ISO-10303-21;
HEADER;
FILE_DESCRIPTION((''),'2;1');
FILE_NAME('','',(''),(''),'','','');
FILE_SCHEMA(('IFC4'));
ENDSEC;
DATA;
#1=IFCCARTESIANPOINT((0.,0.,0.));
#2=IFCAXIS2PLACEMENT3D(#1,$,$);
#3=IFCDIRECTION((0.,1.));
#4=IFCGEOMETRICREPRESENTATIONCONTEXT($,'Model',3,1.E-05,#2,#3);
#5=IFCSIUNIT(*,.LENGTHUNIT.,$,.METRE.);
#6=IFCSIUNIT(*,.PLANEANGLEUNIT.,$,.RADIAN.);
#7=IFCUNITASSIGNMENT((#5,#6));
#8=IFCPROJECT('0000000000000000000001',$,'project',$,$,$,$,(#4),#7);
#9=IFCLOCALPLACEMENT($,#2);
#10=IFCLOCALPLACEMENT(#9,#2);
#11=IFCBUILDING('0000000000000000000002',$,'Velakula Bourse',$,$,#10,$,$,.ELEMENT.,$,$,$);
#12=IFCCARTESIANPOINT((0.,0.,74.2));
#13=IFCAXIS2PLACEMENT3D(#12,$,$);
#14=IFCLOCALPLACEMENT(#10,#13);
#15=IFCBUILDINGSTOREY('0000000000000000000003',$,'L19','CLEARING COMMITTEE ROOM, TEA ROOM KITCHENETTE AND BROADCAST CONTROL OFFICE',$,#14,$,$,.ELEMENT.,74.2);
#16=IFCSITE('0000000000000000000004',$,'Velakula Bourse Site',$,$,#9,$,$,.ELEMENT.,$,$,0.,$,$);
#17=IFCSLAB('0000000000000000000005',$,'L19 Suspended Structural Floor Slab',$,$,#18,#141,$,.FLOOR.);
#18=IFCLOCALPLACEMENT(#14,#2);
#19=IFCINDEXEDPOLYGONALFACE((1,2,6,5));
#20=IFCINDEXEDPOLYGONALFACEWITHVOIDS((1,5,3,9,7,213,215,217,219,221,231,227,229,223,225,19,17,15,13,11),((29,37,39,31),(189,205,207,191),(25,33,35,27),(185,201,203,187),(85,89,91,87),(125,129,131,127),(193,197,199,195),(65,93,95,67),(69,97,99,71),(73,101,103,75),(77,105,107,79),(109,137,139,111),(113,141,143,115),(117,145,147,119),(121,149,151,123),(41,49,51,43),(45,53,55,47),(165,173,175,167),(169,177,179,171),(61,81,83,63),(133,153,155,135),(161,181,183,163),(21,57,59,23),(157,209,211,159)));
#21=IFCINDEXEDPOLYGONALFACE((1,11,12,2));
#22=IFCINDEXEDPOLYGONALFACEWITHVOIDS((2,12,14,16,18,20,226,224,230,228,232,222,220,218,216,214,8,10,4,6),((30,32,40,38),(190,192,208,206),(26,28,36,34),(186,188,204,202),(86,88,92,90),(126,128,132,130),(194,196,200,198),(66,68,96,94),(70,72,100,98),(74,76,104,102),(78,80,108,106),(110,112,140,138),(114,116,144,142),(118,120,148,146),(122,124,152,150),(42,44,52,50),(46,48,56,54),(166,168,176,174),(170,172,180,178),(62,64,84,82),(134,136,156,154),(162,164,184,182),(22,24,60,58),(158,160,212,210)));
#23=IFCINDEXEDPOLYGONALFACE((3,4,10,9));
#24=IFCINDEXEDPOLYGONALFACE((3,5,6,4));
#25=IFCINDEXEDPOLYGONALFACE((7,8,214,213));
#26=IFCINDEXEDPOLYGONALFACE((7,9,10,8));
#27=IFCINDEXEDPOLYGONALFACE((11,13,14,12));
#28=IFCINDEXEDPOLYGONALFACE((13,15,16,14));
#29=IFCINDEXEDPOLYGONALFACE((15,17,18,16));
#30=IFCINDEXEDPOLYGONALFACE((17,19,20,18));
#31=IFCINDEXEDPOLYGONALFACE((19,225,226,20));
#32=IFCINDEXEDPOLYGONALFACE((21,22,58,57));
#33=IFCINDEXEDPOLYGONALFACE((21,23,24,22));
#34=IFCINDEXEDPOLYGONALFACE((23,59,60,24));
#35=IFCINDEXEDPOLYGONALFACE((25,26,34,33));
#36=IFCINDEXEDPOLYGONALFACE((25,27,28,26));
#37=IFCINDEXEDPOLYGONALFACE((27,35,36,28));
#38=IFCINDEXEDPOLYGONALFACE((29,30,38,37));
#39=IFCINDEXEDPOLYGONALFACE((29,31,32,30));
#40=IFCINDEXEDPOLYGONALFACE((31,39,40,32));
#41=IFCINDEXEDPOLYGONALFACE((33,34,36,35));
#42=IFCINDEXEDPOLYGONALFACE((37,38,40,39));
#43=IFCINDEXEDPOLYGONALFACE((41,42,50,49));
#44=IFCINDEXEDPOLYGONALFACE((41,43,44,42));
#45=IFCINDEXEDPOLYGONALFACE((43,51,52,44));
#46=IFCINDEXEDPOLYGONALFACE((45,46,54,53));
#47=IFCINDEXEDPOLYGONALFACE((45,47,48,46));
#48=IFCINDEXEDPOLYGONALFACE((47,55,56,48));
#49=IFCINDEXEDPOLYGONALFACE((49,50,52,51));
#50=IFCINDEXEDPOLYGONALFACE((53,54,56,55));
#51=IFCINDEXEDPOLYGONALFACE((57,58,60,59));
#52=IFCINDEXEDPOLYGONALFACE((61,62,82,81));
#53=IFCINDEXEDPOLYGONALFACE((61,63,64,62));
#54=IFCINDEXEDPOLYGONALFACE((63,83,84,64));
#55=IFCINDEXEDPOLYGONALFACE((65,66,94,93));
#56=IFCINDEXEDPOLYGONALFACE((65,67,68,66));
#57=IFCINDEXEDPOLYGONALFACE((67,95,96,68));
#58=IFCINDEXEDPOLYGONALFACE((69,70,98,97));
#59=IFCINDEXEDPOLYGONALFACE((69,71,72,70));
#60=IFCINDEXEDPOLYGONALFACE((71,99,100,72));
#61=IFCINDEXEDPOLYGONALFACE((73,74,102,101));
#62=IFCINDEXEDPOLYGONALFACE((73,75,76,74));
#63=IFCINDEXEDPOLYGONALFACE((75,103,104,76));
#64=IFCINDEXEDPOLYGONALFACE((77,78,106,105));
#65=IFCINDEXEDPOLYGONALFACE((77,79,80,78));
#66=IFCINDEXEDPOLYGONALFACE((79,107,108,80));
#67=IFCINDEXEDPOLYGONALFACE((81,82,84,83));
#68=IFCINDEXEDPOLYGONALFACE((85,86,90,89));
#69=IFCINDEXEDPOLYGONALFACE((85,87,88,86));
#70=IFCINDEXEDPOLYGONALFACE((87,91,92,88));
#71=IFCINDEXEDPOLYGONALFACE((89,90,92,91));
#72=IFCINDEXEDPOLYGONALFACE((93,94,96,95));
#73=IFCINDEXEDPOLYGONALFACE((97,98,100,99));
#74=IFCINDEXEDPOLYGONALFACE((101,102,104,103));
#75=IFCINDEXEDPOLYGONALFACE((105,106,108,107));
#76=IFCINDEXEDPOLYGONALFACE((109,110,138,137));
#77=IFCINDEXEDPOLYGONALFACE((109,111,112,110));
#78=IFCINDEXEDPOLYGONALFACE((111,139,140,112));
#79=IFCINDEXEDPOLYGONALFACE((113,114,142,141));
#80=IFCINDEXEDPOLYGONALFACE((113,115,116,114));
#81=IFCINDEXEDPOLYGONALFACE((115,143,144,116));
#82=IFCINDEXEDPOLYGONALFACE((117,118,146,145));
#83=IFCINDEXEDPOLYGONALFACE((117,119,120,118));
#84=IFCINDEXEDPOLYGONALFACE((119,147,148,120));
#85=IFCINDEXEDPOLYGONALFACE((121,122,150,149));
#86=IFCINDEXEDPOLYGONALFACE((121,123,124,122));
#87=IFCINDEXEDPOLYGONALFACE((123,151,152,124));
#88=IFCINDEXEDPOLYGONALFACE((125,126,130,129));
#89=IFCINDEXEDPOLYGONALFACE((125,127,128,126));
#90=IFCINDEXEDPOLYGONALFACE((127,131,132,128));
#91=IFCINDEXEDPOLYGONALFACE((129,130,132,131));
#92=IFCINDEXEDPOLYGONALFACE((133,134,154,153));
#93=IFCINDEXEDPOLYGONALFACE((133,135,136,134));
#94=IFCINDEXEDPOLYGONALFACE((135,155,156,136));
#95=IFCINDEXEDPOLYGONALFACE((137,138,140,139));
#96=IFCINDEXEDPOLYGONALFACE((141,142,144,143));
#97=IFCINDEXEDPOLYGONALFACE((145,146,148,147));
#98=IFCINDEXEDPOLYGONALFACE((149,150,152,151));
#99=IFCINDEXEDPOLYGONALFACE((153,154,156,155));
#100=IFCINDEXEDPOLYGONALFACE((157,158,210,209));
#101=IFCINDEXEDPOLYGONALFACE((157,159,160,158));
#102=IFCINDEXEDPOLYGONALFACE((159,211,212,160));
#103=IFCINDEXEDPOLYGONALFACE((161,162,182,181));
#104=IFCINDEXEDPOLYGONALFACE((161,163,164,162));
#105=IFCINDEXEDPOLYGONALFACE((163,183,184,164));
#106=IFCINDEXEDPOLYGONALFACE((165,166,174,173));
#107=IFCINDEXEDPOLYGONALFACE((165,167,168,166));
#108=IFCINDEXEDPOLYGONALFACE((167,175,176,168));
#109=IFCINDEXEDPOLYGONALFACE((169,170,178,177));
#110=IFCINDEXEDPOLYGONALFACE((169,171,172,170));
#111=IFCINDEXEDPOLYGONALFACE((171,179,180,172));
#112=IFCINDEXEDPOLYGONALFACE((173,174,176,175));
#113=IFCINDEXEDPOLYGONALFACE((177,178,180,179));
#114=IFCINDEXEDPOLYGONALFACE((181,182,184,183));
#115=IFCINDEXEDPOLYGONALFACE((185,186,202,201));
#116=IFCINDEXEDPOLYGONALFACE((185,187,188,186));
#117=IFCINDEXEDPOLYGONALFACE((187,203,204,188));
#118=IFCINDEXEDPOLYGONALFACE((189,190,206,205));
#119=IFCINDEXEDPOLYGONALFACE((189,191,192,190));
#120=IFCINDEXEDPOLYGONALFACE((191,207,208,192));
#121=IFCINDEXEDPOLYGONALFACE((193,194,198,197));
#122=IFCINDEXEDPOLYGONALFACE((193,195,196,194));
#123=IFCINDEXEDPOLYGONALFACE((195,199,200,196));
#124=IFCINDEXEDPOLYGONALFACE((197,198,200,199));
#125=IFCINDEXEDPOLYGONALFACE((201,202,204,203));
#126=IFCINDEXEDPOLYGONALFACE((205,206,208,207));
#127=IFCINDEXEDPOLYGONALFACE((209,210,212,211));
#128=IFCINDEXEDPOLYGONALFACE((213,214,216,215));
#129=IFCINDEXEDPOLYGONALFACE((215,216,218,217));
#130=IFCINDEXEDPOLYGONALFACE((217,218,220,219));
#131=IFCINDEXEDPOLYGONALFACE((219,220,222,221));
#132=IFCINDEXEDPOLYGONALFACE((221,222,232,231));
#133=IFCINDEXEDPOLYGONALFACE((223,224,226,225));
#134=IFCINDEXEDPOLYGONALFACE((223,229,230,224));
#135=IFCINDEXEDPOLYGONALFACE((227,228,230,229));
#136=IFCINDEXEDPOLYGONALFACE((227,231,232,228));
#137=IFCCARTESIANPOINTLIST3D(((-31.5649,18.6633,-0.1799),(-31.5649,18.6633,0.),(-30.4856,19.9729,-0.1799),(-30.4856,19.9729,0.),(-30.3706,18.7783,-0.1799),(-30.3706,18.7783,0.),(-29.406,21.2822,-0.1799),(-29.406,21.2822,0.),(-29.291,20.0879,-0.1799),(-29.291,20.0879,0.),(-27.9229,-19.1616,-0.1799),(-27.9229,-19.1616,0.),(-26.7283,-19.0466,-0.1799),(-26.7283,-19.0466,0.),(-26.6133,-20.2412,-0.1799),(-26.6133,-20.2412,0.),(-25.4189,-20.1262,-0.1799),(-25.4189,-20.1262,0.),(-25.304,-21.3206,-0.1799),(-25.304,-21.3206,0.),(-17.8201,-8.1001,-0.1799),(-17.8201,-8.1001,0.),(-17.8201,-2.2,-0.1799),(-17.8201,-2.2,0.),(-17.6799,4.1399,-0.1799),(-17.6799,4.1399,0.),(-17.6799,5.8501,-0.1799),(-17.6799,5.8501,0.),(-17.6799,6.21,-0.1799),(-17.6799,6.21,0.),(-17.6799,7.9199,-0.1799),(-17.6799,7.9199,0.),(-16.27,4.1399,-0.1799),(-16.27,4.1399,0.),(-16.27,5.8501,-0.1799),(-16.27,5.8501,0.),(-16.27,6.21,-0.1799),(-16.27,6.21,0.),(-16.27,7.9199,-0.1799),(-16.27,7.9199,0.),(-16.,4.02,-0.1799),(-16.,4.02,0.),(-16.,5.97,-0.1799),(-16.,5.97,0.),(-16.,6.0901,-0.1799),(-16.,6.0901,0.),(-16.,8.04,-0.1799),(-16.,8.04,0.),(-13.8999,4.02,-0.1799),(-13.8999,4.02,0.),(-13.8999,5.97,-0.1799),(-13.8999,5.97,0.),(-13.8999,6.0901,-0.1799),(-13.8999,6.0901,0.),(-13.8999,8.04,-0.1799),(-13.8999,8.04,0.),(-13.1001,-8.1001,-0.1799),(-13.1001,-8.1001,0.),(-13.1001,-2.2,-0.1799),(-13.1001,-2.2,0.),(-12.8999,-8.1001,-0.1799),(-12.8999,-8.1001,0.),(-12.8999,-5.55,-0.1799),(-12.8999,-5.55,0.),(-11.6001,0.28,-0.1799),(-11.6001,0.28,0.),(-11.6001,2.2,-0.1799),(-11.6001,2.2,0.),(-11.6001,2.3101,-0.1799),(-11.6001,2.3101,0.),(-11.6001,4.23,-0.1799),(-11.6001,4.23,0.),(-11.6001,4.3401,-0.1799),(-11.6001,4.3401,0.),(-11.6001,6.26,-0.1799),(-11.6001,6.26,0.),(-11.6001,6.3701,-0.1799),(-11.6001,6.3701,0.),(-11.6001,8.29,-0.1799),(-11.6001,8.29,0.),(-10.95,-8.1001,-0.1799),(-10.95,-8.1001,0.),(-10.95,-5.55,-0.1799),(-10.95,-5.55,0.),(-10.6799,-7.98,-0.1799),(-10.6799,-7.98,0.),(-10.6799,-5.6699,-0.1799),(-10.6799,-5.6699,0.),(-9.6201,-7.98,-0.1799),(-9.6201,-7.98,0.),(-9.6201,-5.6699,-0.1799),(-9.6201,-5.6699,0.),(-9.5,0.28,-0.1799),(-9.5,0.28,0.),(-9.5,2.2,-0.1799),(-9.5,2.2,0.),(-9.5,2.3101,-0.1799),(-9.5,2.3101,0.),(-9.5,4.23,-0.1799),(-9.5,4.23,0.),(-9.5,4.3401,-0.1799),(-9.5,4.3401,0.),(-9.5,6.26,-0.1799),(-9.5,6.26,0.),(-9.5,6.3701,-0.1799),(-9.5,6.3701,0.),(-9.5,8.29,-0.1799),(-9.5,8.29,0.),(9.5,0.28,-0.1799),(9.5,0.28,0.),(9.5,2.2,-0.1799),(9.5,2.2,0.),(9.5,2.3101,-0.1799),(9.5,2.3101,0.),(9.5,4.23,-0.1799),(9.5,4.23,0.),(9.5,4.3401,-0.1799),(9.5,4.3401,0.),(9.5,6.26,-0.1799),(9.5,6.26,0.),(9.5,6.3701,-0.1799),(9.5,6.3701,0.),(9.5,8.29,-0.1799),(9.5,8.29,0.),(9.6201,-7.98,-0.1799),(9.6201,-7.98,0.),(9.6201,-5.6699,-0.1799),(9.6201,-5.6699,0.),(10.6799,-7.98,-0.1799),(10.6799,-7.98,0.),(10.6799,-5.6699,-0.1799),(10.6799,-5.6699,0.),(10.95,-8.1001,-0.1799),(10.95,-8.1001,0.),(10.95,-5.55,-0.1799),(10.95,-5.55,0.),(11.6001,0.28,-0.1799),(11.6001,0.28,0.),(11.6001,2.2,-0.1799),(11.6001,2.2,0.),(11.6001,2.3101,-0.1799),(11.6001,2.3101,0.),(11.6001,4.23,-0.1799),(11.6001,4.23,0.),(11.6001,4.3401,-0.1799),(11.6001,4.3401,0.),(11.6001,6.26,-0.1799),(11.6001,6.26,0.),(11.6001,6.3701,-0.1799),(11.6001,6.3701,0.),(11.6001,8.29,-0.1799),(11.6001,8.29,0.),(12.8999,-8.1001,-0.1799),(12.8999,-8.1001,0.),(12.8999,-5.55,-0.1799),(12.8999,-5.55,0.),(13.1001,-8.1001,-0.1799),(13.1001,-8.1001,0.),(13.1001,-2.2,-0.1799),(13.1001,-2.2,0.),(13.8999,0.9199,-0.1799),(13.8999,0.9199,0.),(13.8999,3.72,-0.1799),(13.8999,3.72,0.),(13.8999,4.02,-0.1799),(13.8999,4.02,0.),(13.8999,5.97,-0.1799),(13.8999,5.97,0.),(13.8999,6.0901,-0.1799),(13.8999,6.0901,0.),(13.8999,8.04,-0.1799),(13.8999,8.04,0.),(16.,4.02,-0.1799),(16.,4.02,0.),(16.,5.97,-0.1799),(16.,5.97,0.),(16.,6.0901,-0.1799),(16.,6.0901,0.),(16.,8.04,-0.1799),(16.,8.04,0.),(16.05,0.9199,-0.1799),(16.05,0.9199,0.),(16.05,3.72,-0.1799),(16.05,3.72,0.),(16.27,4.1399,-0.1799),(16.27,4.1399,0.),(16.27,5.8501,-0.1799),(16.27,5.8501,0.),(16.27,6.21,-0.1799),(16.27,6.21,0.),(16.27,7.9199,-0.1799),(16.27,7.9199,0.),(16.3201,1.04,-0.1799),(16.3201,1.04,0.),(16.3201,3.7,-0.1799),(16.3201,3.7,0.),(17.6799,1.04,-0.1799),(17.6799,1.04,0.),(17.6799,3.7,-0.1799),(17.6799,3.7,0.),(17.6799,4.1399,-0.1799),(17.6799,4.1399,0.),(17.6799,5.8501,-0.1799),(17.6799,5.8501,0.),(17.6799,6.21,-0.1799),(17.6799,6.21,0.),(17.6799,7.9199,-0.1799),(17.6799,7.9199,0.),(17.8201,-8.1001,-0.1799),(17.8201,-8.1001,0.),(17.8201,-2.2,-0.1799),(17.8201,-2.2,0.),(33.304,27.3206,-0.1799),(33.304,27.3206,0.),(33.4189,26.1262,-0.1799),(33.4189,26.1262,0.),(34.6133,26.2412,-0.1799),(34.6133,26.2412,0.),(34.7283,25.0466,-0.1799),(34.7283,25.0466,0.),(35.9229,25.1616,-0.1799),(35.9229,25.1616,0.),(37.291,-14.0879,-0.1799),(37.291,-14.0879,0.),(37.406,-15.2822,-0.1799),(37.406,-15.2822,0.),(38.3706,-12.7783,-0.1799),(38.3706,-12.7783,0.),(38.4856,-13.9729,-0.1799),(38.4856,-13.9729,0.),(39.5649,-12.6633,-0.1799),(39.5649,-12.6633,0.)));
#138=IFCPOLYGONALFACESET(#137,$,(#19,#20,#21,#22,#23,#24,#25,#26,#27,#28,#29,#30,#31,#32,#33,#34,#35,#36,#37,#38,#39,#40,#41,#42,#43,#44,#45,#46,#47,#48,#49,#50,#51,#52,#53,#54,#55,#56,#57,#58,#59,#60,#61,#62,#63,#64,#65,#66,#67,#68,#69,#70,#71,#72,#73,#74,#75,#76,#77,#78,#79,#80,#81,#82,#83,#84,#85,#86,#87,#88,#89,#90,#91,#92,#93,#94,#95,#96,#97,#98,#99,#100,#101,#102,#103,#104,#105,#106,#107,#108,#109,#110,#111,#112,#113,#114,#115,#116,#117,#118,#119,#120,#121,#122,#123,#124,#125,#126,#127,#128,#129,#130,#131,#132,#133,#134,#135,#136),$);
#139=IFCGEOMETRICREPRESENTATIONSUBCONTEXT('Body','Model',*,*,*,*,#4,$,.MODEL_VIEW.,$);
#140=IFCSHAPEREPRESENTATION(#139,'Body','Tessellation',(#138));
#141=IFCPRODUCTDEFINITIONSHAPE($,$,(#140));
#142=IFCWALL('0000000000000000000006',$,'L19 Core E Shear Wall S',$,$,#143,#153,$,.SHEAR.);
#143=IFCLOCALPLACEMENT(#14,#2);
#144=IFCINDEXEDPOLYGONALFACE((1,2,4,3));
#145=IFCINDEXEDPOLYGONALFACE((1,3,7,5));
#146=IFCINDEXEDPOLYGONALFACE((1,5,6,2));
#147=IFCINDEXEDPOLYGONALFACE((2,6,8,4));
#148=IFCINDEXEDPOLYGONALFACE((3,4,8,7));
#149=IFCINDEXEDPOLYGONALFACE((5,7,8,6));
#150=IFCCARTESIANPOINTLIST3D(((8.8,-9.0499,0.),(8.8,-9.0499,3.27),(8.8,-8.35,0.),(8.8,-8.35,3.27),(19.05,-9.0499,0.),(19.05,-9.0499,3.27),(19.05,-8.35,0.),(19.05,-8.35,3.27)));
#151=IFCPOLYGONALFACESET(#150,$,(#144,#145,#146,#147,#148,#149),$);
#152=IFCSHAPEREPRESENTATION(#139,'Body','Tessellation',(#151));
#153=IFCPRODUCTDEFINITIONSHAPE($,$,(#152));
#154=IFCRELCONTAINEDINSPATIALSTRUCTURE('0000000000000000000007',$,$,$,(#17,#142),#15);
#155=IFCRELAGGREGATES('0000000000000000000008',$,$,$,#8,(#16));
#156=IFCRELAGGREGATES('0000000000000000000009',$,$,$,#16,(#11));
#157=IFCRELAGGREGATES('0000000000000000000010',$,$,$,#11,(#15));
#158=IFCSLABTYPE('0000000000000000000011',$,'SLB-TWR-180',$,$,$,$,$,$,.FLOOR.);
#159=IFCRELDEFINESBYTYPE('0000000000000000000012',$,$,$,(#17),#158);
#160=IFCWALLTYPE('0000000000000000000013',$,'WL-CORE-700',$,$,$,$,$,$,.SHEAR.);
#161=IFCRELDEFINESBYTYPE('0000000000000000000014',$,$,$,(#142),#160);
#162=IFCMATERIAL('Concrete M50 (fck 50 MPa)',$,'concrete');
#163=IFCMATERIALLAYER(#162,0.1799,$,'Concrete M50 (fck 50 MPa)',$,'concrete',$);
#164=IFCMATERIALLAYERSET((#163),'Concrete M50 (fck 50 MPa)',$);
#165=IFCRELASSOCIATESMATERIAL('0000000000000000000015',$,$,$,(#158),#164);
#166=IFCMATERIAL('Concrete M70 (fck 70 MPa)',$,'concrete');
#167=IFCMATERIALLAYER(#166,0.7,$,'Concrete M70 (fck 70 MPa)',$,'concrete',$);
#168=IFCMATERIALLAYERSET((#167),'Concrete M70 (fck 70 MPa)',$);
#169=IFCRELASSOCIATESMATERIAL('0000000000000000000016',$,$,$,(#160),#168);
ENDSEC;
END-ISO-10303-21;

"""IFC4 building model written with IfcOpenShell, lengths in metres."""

from ifc_helpers import new_model, si_unit, direction, frame, frame_2d, origin, place, context, subcontext, project, spatial, polyline, rectangle, outline, extrude, material, layer, layer_set, type_object, element, save


model = new_model("IFC4")

# Units and contexts
model_context = context("Model", 3, precision=1e-05, world=origin(), true_north=direction((0.0, 1.0)))
body_context = subcontext(model_context, "Body", "Model", "MODEL_VIEW")
ifc_project = project(units=[si_unit("LENGTHUNIT", "METRE"), si_unit("PLANEANGLEUNIT", "RADIAN")], contexts=[model_context])

# Site, building, storey
site_placement = place(None, origin())
site = spatial("IfcSite", under=ifc_project, at=site_placement, Name="Velakula Bourse Site", CompositionType="ELEMENT", RefElevation=0.0)
building_placement = place(site_placement, origin())
building = spatial("IfcBuilding", under=site, at=building_placement, Name="Velakula Bourse", CompositionType="ELEMENT")
storey_placement = place(building_placement, frame((0.0, 0.0, 74.2)))
storey = spatial("IfcBuildingStorey", under=building, at=storey_placement, Name="L19", Description="CLEARING COMMITTEE ROOM, TEA ROOM KITCHENETTE AND BROADCAST CONTROL OFFICE", CompositionType="ELEMENT", Elevation=74.2)

# Shared definitions
ifc_material_1 = material(Name="Concrete M70 (fck 70 MPa)", Category="concrete")

# Shared definitions
ifc_material_2 = material(Name="Concrete M50 (fck 50 MPa)", Category="concrete")

# Slab
ifc_layer_1 = layer(ifc_material_2, 0.1799, Name="Concrete M50 (fck 50 MPa)", Category="concrete")
ifc_layer_set_1 = layer_set([ifc_layer_1], Name="Concrete M50 (fck 50 MPa)")
slab_type_1 = type_object("IfcSlabType", Name="SLB-TWR-180", PredefinedType="FLOOR", material=ifc_layer_set_1)
slab_1_placement = place(storey_placement, frame((0.0, 0.0, -0.1799)))
element("IfcSlab", 1, at=slab_1_placement, inside=storey, type_object=slab_type_1, Name="L19 Suspended Structural Floor Slab", PredefinedType="FLOOR", context=body_context, shape_type="SweptSolid", body=[
    extrude(outline(polyline([(-25.304, -21.3206), (37.406, -15.2822), (37.291, -14.0879), (38.4856, -13.9729), (38.3706, -12.7783), (39.5649, -12.6633), (35.9229, 25.1616), (34.7283, 25.0466), (34.6133, 26.2412), (33.4189, 26.1262), (33.304, 27.3206), (-29.406, 21.2822), (-29.291, 20.0879), (-30.4856, 19.9729), (-30.3706, 18.7783), (-31.5649, 18.6633), (-27.9229, -19.1616), (-26.7283, -19.0466), (-26.6133, -20.2412), (-25.4189, -20.1262), (-25.304, -21.3206)]), holes=[polyline([(-17.8201, -8.1001), (-13.1001, -8.1001), (-13.1001, -2.2), (-17.8201, -2.2), (-17.8201, -8.1001)]), polyline([(13.1001, -8.1001), (17.8201, -8.1001), (17.8201, -2.2), (13.1001, -2.2), (13.1001, -8.1001)]), polyline([(-12.8999, -8.1001), (-10.95, -8.1001), (-10.95, -5.55), (-12.8999, -5.55), (-12.8999, -8.1001)]), polyline([(10.95, -8.1001), (12.8999, -8.1001), (12.8999, -5.55), (10.95, -5.55), (10.95, -8.1001)]), polyline([(13.8999, 0.9199), (16.05, 0.9199), (16.05, 3.72), (13.8999, 3.72), (13.8999, 0.9199)]), polyline([(-10.6799, -7.98), (-9.6201, -7.98), (-9.6201, -5.6699), (-10.6799, -5.6699), (-10.6799, -7.98)]), polyline([(-17.6799, 4.1399), (-16.27, 4.1399), (-16.27, 5.8501), (-17.6799, 5.8501), (-17.6799, 4.1399)]), polyline([(-17.6799, 6.21), (-16.27, 6.21), (-16.27, 7.9199), (-17.6799, 7.9199), (-17.6799, 6.21)]), polyline([(9.6201, -7.98), (10.6799, -7.98), (10.6799, -5.6699), (9.6201, -5.6699), (9.6201, -7.98)]), polyline([(16.27, 4.1399), (17.6799, 4.1399), (17.6799, 5.8501), (16.27, 5.8501), (16.27, 4.1399)]), polyline([(16.27, 6.21), (17.6799, 6.21), (17.6799, 7.9199), (16.27, 7.9199), (16.27, 6.21)]), polyline([(16.3201, 1.04), (17.6799, 1.04), (17.6799, 3.7), (16.3201, 3.7), (16.3201, 1.04)]), polyline([(-11.6001, 0.28), (-9.5, 0.28), (-9.5, 2.2), (-11.6001, 2.2), (-11.6001, 0.28)]), polyline([(-11.6001, 2.3101), (-9.5, 2.3101), (-9.5, 4.23), (-11.6001, 4.23), (-11.6001, 2.3101)]), polyline([(-11.6001, 4.3401), (-9.5, 4.3401), (-9.5, 6.26), (-11.6001, 6.26), (-11.6001, 4.3401)]), polyline([(-11.6001, 6.3701), (-9.5, 6.3701), (-9.5, 8.29), (-11.6001, 8.29), (-11.6001, 6.3701)]), polyline([(9.5, 0.28), (11.6001, 0.28), (11.6001, 2.2), (9.5, 2.2), (9.5, 0.28)]), polyline([(9.5, 2.3101), (11.6001, 2.3101), (11.6001, 4.23), (9.5, 4.23), (9.5, 2.3101)]), polyline([(9.5, 4.3401), (11.6001, 4.3401), (11.6001, 6.26), (9.5, 6.26), (9.5, 4.3401)]), polyline([(9.5, 6.3701), (11.6001, 6.3701), (11.6001, 8.29), (9.5, 8.29), (9.5, 6.3701)]), polyline([(-16.0, 4.02), (-13.8999, 4.02), (-13.8999, 5.97), (-16.0, 5.97), (-16.0, 4.02)]), polyline([(-16.0, 6.0901), (-13.8999, 6.0901), (-13.8999, 8.04), (-16.0, 8.04), (-16.0, 6.0901)]), polyline([(13.8999, 4.02), (16.0, 4.02), (16.0, 5.97), (13.8999, 5.97), (13.8999, 4.02)]), polyline([(13.8999, 6.0901), (16.0, 6.0901), (16.0, 8.04), (13.8999, 8.04), (13.8999, 6.0901)])]), origin(), (0.0, 0.0, 1.0), 0.1799),
])

# Wall
ifc_layer_2 = layer(ifc_material_1, 0.7, Name="Concrete M70 (fck 70 MPa)", Category="concrete")
ifc_layer_set_2 = layer_set([ifc_layer_2], Name="Concrete M70 (fck 70 MPa)")
wall_type_1 = type_object("IfcWallType", Name="WL-CORE-700", PredefinedType="SHEAR", material=ifc_layer_set_2)
wall_1_placement = place(storey_placement, frame((8.8, -8.7, 0.0), z_axis=(0.0, 0.0, 1.0), x_axis=(1.0, 0.0, 0.0)))
element("IfcWall", 2, at=wall_1_placement, inside=storey, type_object=wall_type_1, Name="L19 Core E Shear Wall S", PredefinedType="SHEAR", context=body_context, shape_type="SweptSolid", body=[
    extrude(rectangle(XDim=10.25, YDim=0.7, at=frame_2d((5.125, 0.0))), origin(), (0.0, 0.0, 1.0), 3.27),
])

save(model, "model.ifc")
